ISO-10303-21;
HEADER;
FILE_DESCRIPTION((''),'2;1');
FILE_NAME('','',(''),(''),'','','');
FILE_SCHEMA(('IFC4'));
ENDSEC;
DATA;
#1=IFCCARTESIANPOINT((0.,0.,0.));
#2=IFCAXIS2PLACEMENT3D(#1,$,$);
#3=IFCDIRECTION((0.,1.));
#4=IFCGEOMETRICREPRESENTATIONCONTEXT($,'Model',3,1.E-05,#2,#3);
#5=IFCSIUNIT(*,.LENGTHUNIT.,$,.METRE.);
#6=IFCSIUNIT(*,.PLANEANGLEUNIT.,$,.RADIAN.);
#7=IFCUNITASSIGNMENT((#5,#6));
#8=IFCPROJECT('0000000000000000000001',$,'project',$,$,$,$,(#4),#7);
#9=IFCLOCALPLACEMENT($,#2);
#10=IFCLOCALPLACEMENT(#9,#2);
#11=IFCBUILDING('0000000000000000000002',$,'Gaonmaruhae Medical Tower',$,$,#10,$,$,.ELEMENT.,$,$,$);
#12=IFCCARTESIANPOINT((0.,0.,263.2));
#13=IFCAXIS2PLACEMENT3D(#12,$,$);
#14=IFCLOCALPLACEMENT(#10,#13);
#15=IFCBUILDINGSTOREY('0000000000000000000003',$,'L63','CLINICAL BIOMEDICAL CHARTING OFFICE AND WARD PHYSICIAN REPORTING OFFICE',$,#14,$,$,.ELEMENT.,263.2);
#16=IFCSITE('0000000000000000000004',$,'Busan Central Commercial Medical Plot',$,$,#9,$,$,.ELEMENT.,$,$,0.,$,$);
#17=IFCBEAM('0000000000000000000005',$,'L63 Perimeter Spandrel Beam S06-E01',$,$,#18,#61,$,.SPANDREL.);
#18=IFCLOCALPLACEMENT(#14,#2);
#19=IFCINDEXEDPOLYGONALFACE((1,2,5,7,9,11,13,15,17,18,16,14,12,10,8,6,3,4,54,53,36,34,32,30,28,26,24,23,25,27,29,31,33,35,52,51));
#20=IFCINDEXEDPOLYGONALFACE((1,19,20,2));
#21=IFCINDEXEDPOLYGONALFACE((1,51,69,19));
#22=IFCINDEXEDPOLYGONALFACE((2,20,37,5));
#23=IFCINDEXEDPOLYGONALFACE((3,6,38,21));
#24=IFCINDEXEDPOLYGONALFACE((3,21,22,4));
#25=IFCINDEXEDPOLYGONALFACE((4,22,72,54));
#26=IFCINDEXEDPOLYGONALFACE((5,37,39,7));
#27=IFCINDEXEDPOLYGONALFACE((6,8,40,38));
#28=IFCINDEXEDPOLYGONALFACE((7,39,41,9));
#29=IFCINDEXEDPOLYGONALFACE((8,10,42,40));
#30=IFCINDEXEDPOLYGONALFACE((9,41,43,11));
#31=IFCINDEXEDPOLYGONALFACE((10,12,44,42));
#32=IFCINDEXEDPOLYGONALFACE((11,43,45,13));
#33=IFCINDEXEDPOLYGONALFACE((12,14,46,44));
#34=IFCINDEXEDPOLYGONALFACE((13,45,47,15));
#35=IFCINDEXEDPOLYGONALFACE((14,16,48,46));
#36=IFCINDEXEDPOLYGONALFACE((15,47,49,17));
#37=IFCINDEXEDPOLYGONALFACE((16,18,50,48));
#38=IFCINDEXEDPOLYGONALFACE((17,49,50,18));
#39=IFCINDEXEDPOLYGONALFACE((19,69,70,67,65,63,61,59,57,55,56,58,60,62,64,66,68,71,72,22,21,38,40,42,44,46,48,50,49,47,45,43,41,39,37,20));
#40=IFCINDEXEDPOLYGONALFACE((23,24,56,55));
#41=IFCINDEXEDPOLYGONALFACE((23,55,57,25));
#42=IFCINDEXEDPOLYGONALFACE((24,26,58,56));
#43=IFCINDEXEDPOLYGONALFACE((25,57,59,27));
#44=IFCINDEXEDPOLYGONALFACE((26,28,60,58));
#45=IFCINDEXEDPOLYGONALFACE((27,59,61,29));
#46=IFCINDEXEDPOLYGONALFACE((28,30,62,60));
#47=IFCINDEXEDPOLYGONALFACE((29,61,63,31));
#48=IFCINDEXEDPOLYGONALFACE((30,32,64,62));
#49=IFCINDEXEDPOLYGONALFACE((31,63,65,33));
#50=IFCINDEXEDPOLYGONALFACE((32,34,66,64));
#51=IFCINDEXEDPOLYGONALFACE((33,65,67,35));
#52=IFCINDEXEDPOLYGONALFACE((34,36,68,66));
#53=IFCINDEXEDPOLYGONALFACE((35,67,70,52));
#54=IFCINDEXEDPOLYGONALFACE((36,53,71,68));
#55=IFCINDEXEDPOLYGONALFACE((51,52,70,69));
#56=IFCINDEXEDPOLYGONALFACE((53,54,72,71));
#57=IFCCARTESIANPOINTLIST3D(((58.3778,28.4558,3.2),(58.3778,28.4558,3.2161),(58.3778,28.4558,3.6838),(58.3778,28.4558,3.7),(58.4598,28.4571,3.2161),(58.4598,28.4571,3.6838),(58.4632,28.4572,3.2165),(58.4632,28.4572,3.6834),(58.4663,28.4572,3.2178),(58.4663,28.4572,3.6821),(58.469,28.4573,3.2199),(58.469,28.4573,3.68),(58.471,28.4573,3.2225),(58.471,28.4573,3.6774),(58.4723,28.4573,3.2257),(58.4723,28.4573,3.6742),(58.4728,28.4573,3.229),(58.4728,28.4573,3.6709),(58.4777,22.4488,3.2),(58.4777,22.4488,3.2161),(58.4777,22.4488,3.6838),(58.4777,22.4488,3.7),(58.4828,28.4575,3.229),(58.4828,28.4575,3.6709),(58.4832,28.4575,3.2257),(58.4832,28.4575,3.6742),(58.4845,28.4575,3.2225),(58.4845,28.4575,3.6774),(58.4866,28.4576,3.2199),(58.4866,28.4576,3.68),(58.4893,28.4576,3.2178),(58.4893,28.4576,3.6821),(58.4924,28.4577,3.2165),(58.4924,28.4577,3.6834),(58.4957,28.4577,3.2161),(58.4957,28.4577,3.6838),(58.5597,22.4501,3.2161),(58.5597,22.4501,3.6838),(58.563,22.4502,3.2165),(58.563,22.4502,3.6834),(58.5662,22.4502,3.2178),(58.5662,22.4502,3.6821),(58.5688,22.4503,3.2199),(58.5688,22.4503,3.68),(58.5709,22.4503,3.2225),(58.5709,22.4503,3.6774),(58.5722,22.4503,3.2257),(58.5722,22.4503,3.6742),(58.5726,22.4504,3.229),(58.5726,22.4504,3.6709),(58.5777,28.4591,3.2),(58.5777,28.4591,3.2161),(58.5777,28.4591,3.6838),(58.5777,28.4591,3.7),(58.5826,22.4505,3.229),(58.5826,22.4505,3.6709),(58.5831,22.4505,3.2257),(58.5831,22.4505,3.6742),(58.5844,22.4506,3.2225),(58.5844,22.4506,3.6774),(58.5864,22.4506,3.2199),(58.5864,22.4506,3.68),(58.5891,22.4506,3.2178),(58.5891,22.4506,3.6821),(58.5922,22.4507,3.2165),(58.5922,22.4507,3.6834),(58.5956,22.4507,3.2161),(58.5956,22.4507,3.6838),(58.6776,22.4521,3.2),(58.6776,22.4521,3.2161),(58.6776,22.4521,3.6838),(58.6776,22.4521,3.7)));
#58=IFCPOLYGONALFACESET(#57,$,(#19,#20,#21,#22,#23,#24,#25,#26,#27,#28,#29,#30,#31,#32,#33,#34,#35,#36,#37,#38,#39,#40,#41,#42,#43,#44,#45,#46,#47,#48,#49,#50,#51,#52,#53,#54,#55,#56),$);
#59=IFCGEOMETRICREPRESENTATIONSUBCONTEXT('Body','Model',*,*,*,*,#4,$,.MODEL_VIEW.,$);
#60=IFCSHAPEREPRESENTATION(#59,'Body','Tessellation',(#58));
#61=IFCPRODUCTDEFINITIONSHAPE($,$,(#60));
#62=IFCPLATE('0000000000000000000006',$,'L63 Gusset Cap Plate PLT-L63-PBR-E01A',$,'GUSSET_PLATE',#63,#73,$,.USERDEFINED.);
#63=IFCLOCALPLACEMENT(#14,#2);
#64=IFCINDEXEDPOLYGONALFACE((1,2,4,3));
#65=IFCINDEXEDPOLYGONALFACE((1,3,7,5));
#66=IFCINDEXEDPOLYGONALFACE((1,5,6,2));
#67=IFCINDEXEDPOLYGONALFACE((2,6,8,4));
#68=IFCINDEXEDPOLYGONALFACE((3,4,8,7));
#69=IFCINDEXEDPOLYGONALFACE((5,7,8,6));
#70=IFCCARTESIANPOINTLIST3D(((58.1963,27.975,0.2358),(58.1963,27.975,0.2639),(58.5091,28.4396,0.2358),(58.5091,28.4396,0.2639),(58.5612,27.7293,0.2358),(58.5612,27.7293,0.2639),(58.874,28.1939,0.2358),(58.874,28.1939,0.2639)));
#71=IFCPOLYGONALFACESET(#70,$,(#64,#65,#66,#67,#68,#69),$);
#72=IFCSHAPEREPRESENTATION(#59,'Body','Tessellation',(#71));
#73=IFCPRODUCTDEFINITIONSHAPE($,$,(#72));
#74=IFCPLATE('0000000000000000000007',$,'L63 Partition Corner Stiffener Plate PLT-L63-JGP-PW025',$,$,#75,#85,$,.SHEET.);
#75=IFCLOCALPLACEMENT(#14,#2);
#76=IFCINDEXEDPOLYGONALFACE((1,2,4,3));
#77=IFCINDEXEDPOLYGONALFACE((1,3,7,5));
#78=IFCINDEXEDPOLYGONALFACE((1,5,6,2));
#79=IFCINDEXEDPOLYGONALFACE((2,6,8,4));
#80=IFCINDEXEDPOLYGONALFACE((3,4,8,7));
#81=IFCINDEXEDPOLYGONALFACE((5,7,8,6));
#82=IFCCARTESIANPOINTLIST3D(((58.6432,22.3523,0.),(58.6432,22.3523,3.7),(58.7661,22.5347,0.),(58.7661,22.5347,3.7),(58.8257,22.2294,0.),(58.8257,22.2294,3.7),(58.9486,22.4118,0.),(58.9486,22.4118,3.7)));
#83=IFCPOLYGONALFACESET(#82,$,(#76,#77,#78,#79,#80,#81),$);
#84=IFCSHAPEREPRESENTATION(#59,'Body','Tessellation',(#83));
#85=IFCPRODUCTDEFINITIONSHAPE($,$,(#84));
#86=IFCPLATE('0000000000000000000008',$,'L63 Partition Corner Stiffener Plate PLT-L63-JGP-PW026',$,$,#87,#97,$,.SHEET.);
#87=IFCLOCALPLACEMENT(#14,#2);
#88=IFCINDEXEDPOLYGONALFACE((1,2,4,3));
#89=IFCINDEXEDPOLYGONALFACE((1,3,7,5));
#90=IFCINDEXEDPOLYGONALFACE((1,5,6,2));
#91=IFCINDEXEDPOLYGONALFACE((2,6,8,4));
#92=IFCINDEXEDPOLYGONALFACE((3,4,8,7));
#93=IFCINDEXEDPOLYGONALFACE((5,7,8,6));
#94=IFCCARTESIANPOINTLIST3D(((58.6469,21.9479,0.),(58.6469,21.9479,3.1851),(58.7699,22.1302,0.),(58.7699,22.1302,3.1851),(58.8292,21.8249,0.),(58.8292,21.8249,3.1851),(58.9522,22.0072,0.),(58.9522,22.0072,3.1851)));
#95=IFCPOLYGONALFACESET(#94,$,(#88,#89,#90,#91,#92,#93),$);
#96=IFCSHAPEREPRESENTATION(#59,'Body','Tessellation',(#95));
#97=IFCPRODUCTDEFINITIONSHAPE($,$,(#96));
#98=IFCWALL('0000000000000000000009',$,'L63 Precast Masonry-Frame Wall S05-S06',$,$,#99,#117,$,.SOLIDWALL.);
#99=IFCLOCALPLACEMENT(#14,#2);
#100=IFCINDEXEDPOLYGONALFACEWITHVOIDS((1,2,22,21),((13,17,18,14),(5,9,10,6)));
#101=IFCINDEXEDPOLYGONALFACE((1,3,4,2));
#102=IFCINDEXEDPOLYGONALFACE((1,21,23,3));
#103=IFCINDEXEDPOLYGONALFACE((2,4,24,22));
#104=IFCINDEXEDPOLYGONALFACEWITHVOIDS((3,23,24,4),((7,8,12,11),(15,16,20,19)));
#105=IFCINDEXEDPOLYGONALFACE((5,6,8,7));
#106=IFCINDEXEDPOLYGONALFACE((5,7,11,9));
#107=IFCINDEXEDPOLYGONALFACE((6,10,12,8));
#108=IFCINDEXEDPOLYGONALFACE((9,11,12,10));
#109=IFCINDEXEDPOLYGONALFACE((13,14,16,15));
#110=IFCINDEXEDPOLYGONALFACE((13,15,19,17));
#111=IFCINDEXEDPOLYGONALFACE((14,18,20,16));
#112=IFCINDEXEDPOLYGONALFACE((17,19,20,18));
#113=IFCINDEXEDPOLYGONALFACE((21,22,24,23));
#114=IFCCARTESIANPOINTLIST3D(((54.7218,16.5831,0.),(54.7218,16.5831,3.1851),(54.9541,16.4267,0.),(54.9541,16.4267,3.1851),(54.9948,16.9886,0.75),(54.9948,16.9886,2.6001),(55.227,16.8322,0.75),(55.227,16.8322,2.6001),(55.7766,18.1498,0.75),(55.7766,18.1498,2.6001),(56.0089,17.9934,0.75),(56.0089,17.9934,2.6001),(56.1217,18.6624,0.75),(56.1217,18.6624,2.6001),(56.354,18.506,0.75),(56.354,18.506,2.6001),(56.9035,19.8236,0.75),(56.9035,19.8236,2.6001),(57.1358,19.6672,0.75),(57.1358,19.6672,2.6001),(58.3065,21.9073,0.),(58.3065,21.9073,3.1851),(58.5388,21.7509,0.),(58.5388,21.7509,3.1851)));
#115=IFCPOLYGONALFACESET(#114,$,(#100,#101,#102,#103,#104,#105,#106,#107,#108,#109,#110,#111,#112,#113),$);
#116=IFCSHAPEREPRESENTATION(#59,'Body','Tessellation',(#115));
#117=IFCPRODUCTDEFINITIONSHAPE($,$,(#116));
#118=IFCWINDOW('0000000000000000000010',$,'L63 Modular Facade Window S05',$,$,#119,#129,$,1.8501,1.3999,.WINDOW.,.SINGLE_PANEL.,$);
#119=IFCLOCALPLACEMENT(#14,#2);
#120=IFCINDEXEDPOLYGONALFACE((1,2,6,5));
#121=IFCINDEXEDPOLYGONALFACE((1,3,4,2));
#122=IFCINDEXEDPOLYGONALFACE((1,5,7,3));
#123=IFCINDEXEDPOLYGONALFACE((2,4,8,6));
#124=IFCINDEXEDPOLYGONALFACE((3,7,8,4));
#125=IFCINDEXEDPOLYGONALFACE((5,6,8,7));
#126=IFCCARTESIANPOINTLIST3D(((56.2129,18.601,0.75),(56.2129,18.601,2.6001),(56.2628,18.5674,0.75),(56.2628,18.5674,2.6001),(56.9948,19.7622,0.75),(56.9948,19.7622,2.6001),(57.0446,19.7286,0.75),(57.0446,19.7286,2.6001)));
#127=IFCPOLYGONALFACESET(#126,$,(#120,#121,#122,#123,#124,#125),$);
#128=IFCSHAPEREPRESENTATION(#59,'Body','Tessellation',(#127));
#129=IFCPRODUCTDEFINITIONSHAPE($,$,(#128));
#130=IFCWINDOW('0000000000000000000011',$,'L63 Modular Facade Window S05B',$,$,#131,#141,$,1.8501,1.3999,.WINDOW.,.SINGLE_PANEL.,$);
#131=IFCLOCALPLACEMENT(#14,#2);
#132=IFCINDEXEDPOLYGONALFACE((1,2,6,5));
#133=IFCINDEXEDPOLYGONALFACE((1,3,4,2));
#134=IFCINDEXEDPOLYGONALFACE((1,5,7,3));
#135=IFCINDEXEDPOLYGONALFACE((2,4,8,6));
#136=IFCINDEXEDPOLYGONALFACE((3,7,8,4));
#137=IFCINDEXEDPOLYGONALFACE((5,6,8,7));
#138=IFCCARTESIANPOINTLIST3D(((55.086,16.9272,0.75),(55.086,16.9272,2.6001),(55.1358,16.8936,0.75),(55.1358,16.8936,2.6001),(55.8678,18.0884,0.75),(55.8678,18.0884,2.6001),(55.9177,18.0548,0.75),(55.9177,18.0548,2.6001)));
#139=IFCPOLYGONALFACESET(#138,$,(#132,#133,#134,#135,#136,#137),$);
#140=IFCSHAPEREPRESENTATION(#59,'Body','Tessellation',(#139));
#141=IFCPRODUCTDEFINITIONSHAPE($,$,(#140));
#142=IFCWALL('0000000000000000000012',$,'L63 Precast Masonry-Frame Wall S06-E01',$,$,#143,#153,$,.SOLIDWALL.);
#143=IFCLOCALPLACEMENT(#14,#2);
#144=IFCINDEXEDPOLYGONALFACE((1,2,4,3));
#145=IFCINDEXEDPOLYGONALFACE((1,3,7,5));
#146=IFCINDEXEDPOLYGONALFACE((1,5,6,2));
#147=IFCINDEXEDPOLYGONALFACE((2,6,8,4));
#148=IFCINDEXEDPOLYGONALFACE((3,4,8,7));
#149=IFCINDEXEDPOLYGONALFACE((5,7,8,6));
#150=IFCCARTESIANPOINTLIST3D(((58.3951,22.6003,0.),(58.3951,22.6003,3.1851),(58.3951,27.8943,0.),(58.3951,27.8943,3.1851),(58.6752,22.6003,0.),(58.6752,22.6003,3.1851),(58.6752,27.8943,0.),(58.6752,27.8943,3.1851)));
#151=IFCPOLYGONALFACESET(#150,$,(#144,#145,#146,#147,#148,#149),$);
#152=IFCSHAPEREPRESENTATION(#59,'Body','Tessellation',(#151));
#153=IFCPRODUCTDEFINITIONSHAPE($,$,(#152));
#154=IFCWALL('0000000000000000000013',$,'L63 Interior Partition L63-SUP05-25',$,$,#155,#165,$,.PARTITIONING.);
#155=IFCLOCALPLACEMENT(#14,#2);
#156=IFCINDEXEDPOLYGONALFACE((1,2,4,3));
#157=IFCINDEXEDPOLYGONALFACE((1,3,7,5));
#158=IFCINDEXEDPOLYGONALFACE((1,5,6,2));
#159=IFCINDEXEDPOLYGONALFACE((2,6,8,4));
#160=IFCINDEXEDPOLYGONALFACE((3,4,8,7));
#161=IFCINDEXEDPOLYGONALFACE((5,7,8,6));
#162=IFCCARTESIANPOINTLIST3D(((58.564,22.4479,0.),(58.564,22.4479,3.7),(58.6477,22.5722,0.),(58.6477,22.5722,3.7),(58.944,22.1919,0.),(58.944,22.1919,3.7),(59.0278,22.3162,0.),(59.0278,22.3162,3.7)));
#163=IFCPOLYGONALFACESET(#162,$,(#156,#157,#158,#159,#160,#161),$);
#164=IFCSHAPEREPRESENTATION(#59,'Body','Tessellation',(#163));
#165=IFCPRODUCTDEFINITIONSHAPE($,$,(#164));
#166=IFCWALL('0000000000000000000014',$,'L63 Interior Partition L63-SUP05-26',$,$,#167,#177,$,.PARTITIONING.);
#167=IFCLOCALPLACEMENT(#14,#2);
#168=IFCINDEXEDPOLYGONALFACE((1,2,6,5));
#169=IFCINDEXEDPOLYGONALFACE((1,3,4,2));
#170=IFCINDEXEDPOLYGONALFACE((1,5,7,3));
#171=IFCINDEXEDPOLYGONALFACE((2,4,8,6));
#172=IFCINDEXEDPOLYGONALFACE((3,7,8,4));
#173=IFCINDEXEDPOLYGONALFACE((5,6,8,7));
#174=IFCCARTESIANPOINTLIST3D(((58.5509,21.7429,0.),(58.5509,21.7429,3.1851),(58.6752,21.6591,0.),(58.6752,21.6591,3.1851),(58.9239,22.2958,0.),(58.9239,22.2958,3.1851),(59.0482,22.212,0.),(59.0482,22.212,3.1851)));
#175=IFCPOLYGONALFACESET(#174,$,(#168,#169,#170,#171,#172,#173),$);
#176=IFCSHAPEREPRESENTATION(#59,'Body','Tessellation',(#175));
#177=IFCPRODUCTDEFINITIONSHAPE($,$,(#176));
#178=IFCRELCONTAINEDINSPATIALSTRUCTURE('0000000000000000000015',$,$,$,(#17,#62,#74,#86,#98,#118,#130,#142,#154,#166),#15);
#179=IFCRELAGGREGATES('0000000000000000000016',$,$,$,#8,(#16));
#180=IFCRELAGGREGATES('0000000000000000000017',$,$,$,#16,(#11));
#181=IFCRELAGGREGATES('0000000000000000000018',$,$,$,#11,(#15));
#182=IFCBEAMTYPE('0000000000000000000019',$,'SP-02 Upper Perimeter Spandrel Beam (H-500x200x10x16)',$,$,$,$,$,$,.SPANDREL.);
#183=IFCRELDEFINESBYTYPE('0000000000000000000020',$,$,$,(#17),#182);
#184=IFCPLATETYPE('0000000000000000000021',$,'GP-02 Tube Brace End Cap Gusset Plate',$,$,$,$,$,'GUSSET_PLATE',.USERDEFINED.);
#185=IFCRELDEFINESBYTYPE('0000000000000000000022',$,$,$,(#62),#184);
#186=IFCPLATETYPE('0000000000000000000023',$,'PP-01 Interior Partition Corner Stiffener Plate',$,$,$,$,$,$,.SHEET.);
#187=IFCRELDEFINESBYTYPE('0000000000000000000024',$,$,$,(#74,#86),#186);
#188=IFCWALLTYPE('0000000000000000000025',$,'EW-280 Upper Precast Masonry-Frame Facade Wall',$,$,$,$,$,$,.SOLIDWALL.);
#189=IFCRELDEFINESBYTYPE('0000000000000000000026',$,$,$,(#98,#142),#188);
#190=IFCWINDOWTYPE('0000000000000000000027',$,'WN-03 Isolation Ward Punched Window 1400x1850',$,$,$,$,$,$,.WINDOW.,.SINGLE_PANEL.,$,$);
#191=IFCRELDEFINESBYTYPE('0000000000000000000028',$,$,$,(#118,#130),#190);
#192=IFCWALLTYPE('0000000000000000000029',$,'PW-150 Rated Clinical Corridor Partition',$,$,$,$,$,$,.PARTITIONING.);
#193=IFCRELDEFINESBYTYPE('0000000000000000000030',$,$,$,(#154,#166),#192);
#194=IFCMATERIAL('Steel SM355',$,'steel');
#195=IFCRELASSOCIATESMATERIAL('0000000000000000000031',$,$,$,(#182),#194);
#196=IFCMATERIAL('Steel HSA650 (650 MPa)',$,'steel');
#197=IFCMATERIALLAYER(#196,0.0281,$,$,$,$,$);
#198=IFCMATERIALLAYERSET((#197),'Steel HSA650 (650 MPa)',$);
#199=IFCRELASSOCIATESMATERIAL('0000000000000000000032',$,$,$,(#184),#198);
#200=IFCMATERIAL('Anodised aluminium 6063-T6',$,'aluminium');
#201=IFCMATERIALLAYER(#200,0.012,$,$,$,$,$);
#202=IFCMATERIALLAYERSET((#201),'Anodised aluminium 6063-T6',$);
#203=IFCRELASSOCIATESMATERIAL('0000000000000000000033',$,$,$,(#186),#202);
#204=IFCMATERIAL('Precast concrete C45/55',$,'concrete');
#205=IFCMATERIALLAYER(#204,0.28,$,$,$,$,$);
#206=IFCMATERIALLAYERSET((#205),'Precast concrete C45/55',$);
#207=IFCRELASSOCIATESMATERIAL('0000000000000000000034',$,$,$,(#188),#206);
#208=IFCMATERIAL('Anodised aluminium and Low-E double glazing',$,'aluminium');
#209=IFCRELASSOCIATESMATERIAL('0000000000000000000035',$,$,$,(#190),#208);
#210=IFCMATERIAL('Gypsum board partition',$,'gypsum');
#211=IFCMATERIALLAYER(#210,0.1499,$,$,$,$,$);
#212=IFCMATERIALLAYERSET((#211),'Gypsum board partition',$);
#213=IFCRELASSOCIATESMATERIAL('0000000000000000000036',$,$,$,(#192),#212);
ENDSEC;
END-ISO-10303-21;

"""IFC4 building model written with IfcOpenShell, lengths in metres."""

from ifc_helpers import new_model, si_unit, direction, frame, frame_2d, origin, origin_2d, place, context, subcontext, project, spatial, rectangle, i_section, extrude, material, layer, layer_set, material_profile, profile_set, type_object, element, fill, save


model = new_model("IFC4")

# Units and contexts
model_context = context("Model", 3, precision=1e-05, world=origin(), true_north=direction((0.0, 1.0)))
body_context = subcontext(model_context, "Body", "Model", "MODEL_VIEW")
ifc_project = project(units=[si_unit("LENGTHUNIT", "METRE"), si_unit("PLANEANGLEUNIT", "RADIAN")], contexts=[model_context])

# Site, building, storey
site_placement = place(None, origin())
site = spatial("IfcSite", under=ifc_project, at=site_placement, Name="Busan Central Commercial Medical Plot", CompositionType="ELEMENT", RefElevation=0.0)
building_placement = place(site_placement, origin())
building = spatial("IfcBuilding", under=site, at=building_placement, Name="Gaonmaruhae Medical Tower", CompositionType="ELEMENT")
storey_placement = place(building_placement, frame((0.0, 0.0, 263.2)))
storey = spatial("IfcBuildingStorey", under=building, at=storey_placement, Name="L63", Description="CLINICAL BIOMEDICAL CHARTING OFFICE AND WARD PHYSICIAN REPORTING OFFICE", CompositionType="ELEMENT", Elevation=263.2)

# Shared definitions
ifc_material_1 = material(Name="Steel SM355", Category="steel")

# Beam
ifc_material_profile_1 = material_profile(ifc_material_1, i_section(OverallWidth=0.2, OverallDepth=0.5, WebThickness=0.01, FlangeThickness=0.0161, FilletRadius=0.0129, at=origin_2d()), Name="H-500x200x10x16")
ifc_profile_set_1 = profile_set([ifc_material_profile_1], Name="Steel SM355")
beam_type_1 = type_object("IfcBeamType", Name="SP-02 Upper Perimeter Spandrel Beam (H-500x200x10x16)", PredefinedType="SPANDREL", material=ifc_profile_set_1)
beam_1_placement = place(storey_placement, frame((58.5776, 22.4504, 3.45), z_axis=(-0.01662, 0.999862, 0.0), x_axis=(-0.999862, -0.01662, 0.0)))
element("IfcBeam", 1, at=beam_1_placement, inside=storey, type_object=beam_type_1, Name="L63 Perimeter Spandrel Beam S06-E01", PredefinedType="SPANDREL", context=body_context, shape_type="SweptSolid", body=[
    extrude(i_section(OverallWidth=0.2, OverallDepth=0.5, WebThickness=0.01, FlangeThickness=0.0161, FilletRadius=0.0129, at=origin_2d()), origin(), (0.0, 0.0, 1.0), 6.0078),
])

# Plates
ifc_material_2 = material(Name="Steel HSA650 (650 MPa)", Category="steel")
ifc_layer_1 = layer(ifc_material_2, 0.0281)
ifc_layer_set_1 = layer_set([ifc_layer_1], Name="Steel HSA650 (650 MPa)")
plate_type_1 = type_object("IfcPlateType", Name="GP-02 Tube Brace End Cap Gusset Plate", ElementType="GUSSET_PLATE", PredefinedType="USERDEFINED", material=ifc_layer_set_1)
plate_1_placement = place(storey_placement, frame((58.5352, 28.0845, 0.2358), z_axis=(0.0, 0.0, 1.0), x_axis=(0.558469, 0.829525, 0.0)))
element("IfcPlate", 2, at=plate_1_placement, inside=storey, type_object=plate_type_1, Name="L63 Gusset Cap Plate PLT-L63-PBR-E01A", ObjectType="GUSSET_PLATE", PredefinedType="USERDEFINED", context=body_context, shape_type="SweptSolid", body=[
    extrude(rectangle(XDim=0.5601, YDim=0.4399, at=origin_2d()), origin(), (0.0, 0.0, 1.0), 0.0281),
])
ifc_material_3 = material(Name="Anodised aluminium 6063-T6", Category="aluminium")
ifc_layer_2 = layer(ifc_material_3, 0.012)
ifc_layer_set_2 = layer_set([ifc_layer_2], Name="Anodised aluminium 6063-T6")
plate_type_2 = type_object("IfcPlateType", Name="PP-01 Interior Partition Corner Stiffener Plate", PredefinedType="SHEET", material=ifc_layer_set_2)
plate_2_placement = place(storey_placement, frame((58.7959, 22.3821, 0.0), z_axis=(0.0, 0.0, 1.0), x_axis=(0.82935, -0.55873, 0.0)))
element("IfcPlate", 3, at=plate_2_placement, inside=storey, type_object=plate_type_2, Name="L63 Partition Corner Stiffener Plate PLT-L63-JGP-PW025", PredefinedType="SHEET", context=body_context, shape_type="SweptSolid", body=[
    extrude(rectangle(XDim=0.22, YDim=0.22, at=origin_2d()), origin(), (0.0, 0.0, 1.0), 3.7),
])
plate_3_placement = place(storey_placement, frame((58.7996, 21.9775, 0.0), z_axis=(0.0, 0.0, 1.0), x_axis=(-0.559193, -0.829038, 0.0)))
element("IfcPlate", 4, at=plate_3_placement, inside=storey, type_object=plate_type_2, Name="L63 Partition Corner Stiffener Plate PLT-L63-JGP-PW026", PredefinedType="SHEET", context=body_context, shape_type="SweptSolid", body=[
    extrude(rectangle(XDim=0.22, YDim=0.22, at=origin_2d()), origin(), (0.0, 0.0, 1.0), 3.1851),
])

# Wall, openings, windows
ifc_material_4 = material(Name="Precast concrete C45/55", Category="concrete")
ifc_layer_3 = layer(ifc_material_4, 0.28)
ifc_layer_set_3 = layer_set([ifc_layer_3], Name="Precast concrete C45/55")
wall_type_1 = type_object("IfcWallType", Name="EW-280 Upper Precast Masonry-Frame Facade Wall", PredefinedType="SOLIDWALL", material=ifc_layer_set_3)
wall_1_placement = place(storey_placement, frame((58.4226, 21.8291, 0.0), z_axis=(0.0, 0.0, 1.0), x_axis=(-0.558495, -0.829508, 0.0)))
wall_1 = element("IfcWall", 5, at=wall_1_placement, inside=storey, type_object=wall_type_1, Name="L63 Precast Masonry-Frame Wall S05-S06", PredefinedType="SOLIDWALL", context=body_context, shape_type="SweptSolid", body=[
    extrude(rectangle(XDim=6.4185, YDim=0.28, at=frame_2d((3.2092, 0.0))), origin(), (0.0, 0.0, 1.0), 3.1851),
])
opening_1_placement = place(wall_1_placement, frame((2.512, 0.0, 0.75)))
opening_1 = element("IfcOpeningElement", 6, at=opening_1_placement, cuts=wall_1, PredefinedType="OPENING", context=body_context, shape_type="SweptSolid", body=[
    extrude(rectangle(XDim=1.3999, YDim=1.8501, at=frame_2d((0.7, 0.925))), frame((0.0, 0.1499, 0.0), z_axis=(0.0, -1.0, 0.0), x_axis=(1.0, 0.0, 0.0)), (0.0, 0.0, 1.0), 0.3),
])
opening_2_placement = place(wall_1_placement, frame((4.5298, 0.0, 0.75)))
opening_2 = element("IfcOpeningElement", 7, at=opening_2_placement, cuts=wall_1, PredefinedType="OPENING", context=body_context, shape_type="SweptSolid", body=[
    extrude(rectangle(XDim=1.3999, YDim=1.8501, at=frame_2d((0.7, 0.925))), frame((0.0, 0.1499, 0.0), z_axis=(0.0, -1.0, 0.0), x_axis=(1.0, 0.0, 0.0)), (0.0, 0.0, 1.0), 0.3),
])
ifc_material_5 = material(Name="Anodised aluminium and Low-E double glazing", Category="aluminium")
window_type = type_object("IfcWindowType", Name="WN-03 Isolation Ward Punched Window 1400x1850", PartitioningType="SINGLE_PANEL", PredefinedType="WINDOW", material=ifc_material_5)
window_1_placement = place(opening_1_placement, origin())
window_1 = element("IfcWindow", 8, at=window_1_placement, inside=storey, type_object=window_type, Name="L63 Modular Facade Window S05", OverallHeight=1.8501, OverallWidth=1.3999, PartitioningType="SINGLE_PANEL", PredefinedType="WINDOW", context=body_context, shape_type="SweptSolid", body=[
    extrude(rectangle(XDim=1.3999, YDim=1.8501, at=frame_2d((0.7, 0.925))), frame((0.0, 0.03, 0.0), z_axis=(0.0, -1.0, 0.0), x_axis=(1.0, 0.0, 0.0)), (0.0, 0.0, 1.0), 0.0601),
])
fill(opening_1, window_1)
window_2_placement = place(opening_2_placement, origin())
window_2 = element("IfcWindow", 9, at=window_2_placement, inside=storey, type_object=window_type, Name="L63 Modular Facade Window S05B", OverallHeight=1.8501, OverallWidth=1.3999, PartitioningType="SINGLE_PANEL", PredefinedType="WINDOW", context=body_context, shape_type="SweptSolid", body=[
    extrude(rectangle(XDim=1.3999, YDim=1.8501, at=frame_2d((0.7, 0.925))), frame((0.0, 0.03, 0.0), z_axis=(0.0, -1.0, 0.0), x_axis=(1.0, 0.0, 0.0)), (0.0, 0.0, 1.0), 0.0601),
])
fill(opening_2, window_2)

# Walls
wall_2_placement = place(storey_placement, frame((58.5352, 27.8943, 0.0), z_axis=(0.0, 0.0, 1.0), x_axis=(0.0, -1.0, 0.0)))
element("IfcWall", 10, at=wall_2_placement, inside=storey, type_object=wall_type_1, Name="L63 Precast Masonry-Frame Wall S06-E01", PredefinedType="SOLIDWALL", context=body_context, shape_type="SweptSolid", body=[
    extrude(rectangle(XDim=5.2939, YDim=0.28, at=frame_2d((2.647, 0.0))), origin(), (0.0, 0.0, 1.0), 3.1851),
])
ifc_material_6 = material(Name="Gypsum board partition", Category="gypsum")
ifc_layer_4 = layer(ifc_material_6, 0.1499)
ifc_layer_set_4 = layer_set([ifc_layer_4], Name="Gypsum board partition")
wall_type_2 = type_object("IfcWallType", Name="PW-150 Rated Clinical Corridor Partition", PredefinedType="PARTITIONING", material=ifc_layer_set_4)
wall_3_placement = place(storey_placement, frame((58.606, 22.51, 0.0), z_axis=(0.0, 0.0, 1.0), x_axis=(0.829336, -0.55875, 0.0)))
element("IfcWall", 11, at=wall_3_placement, inside=storey, type_object=wall_type_2, Name="L63 Interior Partition L63-SUP05-25", PredefinedType="PARTITIONING", context=body_context, shape_type="SweptSolid", body=[
    extrude(rectangle(XDim=0.4583, YDim=0.1499, at=frame_2d((0.229, 0.0))), origin(), (0.0, 0.0, 1.0), 3.7),
])
wall_4_placement = place(storey_placement, frame((58.9861, 22.2539, 0.0), z_axis=(0.0, 0.0, 1.0), x_axis=(-0.559253, -0.828997, 0.0)))
element("IfcWall", 12, at=wall_4_placement, inside=storey, type_object=wall_type_2, Name="L63 Interior Partition L63-SUP05-26", PredefinedType="PARTITIONING", context=body_context, shape_type="SweptSolid", body=[
    extrude(rectangle(XDim=0.667, YDim=0.1499, at=frame_2d((0.3335, 0.0))), origin(), (0.0, 0.0, 1.0), 3.1851),
])

save(model, "model.ifc")
